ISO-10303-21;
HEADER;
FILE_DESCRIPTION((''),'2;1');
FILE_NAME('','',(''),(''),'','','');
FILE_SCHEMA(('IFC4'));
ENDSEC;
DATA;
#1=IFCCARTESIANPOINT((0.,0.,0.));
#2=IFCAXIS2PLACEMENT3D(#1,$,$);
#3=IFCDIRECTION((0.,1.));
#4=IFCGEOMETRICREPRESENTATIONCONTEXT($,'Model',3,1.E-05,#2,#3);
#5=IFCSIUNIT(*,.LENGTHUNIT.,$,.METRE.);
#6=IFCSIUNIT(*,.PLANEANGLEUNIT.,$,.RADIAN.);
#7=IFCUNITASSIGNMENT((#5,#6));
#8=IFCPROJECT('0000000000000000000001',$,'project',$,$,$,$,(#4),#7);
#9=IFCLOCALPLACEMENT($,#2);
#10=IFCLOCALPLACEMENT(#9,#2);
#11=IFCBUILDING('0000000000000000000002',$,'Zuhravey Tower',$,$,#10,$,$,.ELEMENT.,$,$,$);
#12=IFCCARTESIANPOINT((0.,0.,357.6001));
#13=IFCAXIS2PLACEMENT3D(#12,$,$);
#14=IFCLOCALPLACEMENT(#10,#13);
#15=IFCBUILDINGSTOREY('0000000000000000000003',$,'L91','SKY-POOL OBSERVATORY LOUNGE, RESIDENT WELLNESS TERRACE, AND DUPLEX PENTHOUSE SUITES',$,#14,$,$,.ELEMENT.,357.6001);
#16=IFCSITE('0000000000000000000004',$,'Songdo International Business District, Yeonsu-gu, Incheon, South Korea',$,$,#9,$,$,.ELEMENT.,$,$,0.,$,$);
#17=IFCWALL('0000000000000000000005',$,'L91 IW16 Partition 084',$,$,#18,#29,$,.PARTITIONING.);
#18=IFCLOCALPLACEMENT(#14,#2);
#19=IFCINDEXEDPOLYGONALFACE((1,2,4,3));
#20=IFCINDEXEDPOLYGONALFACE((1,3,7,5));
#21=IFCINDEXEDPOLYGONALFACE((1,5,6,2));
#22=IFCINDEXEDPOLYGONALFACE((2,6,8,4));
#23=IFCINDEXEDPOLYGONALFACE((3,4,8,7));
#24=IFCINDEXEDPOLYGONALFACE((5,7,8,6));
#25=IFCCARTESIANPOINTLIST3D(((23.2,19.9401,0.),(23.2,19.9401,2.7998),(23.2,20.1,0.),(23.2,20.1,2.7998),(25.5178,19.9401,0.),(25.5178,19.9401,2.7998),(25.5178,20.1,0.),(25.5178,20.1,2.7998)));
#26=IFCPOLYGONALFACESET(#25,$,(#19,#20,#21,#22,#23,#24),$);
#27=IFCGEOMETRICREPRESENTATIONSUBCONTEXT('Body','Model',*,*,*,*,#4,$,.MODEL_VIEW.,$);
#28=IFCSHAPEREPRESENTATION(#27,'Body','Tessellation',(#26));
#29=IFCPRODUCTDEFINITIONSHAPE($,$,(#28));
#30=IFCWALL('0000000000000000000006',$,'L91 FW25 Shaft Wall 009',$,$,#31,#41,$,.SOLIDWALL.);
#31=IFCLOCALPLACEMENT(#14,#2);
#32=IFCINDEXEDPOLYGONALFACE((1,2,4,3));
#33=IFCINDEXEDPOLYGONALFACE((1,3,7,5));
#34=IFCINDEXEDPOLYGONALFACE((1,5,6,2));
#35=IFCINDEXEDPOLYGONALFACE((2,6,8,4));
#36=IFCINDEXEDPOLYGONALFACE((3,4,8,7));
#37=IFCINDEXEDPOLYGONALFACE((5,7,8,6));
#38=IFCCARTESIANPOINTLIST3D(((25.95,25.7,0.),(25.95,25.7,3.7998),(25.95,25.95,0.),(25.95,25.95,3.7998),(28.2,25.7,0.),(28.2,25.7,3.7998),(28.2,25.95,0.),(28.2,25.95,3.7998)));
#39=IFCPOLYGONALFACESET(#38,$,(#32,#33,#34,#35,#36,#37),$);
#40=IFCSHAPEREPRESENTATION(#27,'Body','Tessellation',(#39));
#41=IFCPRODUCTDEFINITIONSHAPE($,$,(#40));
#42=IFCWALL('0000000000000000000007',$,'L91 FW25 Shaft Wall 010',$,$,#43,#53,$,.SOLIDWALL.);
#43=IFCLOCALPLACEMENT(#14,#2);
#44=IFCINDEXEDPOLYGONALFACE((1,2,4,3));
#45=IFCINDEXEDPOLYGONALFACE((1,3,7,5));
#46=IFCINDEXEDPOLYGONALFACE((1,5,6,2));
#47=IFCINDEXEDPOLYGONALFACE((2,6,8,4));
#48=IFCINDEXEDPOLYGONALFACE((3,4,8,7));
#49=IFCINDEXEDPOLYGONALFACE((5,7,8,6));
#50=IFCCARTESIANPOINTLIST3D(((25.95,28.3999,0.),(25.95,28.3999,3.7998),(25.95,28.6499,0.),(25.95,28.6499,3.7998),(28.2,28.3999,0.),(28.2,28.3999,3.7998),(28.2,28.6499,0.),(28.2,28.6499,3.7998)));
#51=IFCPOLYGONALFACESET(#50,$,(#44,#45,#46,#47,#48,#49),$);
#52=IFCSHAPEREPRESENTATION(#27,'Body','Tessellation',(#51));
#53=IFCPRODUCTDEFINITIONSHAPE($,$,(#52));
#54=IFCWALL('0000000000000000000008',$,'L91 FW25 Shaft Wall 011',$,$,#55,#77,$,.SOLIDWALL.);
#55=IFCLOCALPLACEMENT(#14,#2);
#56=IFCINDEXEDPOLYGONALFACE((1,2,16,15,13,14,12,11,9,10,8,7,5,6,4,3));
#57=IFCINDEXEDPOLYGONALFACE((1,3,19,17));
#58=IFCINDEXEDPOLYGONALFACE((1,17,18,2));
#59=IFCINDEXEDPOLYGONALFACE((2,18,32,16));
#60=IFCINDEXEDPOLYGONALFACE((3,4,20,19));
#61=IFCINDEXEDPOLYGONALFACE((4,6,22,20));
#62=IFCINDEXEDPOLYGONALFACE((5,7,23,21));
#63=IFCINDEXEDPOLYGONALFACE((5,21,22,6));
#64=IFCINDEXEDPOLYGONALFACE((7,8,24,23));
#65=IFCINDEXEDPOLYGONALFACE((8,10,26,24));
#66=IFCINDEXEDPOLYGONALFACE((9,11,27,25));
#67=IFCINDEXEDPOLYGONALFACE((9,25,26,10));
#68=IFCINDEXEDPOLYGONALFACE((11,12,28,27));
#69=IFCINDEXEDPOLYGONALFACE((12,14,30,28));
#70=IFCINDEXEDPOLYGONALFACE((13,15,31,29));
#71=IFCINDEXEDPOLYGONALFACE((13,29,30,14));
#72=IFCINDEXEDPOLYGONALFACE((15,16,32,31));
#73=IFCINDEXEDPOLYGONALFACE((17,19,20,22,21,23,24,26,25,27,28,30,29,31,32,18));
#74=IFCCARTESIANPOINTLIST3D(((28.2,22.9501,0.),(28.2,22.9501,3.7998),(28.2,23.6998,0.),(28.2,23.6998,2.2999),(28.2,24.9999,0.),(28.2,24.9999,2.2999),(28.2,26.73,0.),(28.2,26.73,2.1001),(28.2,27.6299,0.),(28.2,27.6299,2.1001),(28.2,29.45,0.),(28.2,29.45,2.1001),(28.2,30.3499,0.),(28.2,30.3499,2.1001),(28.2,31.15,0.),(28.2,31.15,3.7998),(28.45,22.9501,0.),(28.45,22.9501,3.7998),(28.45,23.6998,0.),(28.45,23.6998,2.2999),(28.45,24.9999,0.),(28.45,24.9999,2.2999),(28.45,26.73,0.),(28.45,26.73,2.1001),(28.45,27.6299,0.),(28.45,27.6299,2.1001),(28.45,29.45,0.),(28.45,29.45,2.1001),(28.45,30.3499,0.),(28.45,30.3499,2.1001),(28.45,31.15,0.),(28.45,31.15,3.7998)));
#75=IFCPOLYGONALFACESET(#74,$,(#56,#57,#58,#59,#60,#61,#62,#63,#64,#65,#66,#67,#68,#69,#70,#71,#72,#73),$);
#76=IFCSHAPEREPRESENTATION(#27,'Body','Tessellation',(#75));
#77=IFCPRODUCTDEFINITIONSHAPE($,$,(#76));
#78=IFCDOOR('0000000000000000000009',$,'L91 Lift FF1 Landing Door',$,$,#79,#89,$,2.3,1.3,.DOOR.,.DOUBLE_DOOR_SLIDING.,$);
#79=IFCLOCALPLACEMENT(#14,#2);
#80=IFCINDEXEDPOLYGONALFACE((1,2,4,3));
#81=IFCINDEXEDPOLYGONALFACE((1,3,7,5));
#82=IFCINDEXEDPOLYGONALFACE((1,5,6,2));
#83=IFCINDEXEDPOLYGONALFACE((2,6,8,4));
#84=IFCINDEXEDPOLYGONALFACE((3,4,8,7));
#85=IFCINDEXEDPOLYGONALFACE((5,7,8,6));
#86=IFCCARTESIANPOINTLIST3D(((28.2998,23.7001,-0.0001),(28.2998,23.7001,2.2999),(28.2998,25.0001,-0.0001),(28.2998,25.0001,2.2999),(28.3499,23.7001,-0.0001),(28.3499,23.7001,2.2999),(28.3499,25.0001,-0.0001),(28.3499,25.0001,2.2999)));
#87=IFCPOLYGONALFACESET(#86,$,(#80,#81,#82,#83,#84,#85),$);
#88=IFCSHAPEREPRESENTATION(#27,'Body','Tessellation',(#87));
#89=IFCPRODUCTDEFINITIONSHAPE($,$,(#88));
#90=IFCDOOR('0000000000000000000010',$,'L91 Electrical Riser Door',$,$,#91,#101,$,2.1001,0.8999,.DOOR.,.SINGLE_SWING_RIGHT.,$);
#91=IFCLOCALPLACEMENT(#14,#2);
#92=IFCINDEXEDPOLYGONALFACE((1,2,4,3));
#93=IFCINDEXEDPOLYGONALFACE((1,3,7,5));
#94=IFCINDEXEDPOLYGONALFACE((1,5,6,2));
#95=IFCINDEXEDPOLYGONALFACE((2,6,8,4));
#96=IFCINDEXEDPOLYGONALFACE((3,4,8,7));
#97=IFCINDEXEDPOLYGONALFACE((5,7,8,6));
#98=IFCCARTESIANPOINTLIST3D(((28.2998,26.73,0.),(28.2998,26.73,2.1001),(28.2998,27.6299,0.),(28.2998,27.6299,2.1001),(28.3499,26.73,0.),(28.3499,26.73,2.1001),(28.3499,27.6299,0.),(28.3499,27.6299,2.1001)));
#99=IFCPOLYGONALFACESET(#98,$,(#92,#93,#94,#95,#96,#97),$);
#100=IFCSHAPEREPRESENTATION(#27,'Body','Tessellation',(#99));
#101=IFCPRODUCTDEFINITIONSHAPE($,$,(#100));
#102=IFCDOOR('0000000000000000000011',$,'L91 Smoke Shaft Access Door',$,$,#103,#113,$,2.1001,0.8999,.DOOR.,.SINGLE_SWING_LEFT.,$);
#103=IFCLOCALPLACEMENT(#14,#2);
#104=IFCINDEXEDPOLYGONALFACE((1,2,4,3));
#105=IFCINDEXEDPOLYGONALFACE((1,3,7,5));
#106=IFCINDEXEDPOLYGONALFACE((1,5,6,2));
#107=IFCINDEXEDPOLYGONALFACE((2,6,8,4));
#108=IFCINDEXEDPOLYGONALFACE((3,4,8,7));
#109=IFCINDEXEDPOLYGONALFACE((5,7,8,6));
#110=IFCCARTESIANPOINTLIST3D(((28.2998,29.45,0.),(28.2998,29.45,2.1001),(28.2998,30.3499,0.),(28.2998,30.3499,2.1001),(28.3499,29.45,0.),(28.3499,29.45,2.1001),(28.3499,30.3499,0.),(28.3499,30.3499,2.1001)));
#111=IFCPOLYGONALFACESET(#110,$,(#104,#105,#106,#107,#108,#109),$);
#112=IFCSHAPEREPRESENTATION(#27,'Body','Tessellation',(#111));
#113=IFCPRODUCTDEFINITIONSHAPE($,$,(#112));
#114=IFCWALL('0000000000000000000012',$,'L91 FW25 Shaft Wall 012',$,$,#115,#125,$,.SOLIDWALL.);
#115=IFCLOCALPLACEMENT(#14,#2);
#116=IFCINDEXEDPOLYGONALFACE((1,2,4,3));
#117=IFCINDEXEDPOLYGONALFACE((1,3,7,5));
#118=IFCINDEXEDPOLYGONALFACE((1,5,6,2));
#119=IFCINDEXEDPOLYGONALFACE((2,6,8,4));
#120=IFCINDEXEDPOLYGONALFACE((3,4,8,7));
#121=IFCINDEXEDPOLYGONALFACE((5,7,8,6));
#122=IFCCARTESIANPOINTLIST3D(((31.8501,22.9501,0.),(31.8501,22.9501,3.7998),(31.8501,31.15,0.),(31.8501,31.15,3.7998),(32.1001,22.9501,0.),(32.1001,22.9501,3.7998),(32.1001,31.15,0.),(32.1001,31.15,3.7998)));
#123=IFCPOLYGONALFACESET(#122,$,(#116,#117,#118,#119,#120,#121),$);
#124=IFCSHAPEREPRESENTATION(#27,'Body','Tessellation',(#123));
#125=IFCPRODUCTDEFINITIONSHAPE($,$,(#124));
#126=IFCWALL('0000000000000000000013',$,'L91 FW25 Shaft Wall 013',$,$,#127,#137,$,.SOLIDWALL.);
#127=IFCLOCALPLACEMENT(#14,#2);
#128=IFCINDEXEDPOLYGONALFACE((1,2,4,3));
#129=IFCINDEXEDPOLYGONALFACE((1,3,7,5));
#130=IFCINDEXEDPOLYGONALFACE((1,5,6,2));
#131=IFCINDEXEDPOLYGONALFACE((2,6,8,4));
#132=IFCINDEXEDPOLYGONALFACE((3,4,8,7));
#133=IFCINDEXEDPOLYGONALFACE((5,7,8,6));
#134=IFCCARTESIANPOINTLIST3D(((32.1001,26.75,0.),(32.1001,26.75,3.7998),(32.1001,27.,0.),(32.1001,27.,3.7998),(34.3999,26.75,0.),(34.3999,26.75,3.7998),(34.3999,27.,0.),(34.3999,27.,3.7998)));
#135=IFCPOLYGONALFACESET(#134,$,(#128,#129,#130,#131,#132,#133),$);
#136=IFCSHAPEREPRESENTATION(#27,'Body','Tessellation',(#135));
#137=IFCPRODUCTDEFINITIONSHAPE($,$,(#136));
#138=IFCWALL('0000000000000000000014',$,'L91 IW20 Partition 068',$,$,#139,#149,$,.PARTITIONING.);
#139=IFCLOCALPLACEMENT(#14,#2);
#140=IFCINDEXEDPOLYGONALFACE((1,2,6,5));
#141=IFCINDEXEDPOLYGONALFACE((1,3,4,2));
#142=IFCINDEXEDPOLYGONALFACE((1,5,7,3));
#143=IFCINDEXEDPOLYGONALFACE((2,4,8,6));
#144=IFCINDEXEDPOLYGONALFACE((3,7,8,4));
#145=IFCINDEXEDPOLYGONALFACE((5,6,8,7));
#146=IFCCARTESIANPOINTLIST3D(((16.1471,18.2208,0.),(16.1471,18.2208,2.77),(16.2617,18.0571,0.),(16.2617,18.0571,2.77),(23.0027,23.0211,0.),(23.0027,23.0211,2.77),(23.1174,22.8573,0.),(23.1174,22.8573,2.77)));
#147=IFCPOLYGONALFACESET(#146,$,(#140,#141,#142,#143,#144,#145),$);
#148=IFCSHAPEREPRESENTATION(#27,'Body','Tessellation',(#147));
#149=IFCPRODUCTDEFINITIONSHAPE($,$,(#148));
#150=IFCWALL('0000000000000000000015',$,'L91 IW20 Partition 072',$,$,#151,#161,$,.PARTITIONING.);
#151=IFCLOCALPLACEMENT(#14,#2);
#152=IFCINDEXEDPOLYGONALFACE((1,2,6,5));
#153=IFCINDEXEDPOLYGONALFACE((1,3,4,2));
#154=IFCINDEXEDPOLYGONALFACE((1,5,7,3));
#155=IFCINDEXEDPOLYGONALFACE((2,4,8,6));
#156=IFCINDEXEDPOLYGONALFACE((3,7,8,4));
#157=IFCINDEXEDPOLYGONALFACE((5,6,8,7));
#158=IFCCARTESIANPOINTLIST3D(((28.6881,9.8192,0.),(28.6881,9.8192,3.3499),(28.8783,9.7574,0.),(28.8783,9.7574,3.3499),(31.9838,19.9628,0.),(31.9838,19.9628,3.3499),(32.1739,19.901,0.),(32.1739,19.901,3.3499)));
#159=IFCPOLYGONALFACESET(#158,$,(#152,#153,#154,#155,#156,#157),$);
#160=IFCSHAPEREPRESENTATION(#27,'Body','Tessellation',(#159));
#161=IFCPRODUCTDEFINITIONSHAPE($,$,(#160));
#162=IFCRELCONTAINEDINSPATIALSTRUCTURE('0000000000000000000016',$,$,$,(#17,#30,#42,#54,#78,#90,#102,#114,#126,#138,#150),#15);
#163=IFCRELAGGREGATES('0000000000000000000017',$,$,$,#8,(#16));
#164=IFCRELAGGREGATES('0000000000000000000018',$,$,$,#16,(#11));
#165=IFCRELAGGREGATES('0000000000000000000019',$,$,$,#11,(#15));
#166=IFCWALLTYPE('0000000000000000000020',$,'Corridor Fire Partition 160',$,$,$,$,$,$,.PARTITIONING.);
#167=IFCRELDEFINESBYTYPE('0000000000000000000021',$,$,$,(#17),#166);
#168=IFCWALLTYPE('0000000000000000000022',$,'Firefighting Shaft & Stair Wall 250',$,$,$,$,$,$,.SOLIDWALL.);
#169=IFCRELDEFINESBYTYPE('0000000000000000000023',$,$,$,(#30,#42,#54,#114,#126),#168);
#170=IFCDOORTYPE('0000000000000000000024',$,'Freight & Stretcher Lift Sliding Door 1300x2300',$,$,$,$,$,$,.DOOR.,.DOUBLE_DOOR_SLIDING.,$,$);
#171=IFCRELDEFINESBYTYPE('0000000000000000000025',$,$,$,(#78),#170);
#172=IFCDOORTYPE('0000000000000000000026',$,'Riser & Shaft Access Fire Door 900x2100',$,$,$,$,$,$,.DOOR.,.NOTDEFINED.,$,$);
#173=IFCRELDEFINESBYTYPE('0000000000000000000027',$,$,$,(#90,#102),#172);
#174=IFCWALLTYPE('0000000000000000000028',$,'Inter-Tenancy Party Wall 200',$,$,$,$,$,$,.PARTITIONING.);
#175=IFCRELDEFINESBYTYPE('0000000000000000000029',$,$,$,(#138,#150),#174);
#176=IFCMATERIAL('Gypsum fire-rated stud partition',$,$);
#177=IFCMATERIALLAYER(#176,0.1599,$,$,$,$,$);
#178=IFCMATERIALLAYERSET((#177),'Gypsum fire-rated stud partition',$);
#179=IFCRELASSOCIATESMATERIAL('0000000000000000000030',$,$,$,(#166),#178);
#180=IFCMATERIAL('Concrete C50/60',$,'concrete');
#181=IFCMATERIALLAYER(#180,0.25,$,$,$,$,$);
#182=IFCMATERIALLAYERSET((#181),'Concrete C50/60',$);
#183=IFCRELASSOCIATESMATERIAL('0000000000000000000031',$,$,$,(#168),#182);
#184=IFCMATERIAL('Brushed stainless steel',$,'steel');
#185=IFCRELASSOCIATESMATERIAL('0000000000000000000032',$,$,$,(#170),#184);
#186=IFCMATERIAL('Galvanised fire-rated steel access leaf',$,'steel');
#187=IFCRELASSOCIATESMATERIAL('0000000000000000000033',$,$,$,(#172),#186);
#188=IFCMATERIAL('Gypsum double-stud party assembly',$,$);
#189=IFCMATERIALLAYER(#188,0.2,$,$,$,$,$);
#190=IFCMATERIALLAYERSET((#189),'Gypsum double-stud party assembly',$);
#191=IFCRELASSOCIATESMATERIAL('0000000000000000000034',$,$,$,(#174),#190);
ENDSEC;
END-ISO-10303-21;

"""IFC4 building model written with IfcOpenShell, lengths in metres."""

from ifc_helpers import new_model, si_unit, direction, frame, frame_2d, origin, place, context, subcontext, project, spatial, rectangle, extrude, material, layer, layer_set, type_object, element, fill, save


model = new_model("IFC4")

# Units and contexts
model_context = context("Model", 3, precision=1e-05, world=origin(), true_north=direction((0.0, 1.0)))
body_context = subcontext(model_context, "Body", "Model", "MODEL_VIEW")
ifc_project = project(units=[si_unit("LENGTHUNIT", "METRE"), si_unit("PLANEANGLEUNIT", "RADIAN")], contexts=[model_context])

# Site, building, storey
site_placement = place(None, origin())
site = spatial("IfcSite", under=ifc_project, at=site_placement, Name="Songdo International Business District, Yeonsu-gu, Incheon, South Korea", CompositionType="ELEMENT", RefElevation=0.0)
building_placement = place(site_placement, origin())
building = spatial("IfcBuilding", under=site, at=building_placement, Name="Zuhravey Tower", CompositionType="ELEMENT")
storey_placement = place(building_placement, frame((0.0, 0.0, 357.6001)))
storey = spatial("IfcBuildingStorey", under=building, at=storey_placement, Name="L91", Description="SKY-POOL OBSERVATORY LOUNGE, RESIDENT WELLNESS TERRACE, AND DUPLEX PENTHOUSE SUITES", CompositionType="ELEMENT", Elevation=357.6001)

# Shared definitions
ifc_material_1 = material(Name="Concrete C50/60", Category="concrete")
ifc_material_2 = material(Name="Gypsum fire-rated stud partition")
ifc_layer_1 = layer(ifc_material_2, 0.1599)
ifc_layer_set_1 = layer_set([ifc_layer_1], Name="Gypsum fire-rated stud partition")
wall_type_1 = type_object("IfcWallType", Name="Corridor Fire Partition 160", PredefinedType="PARTITIONING", material=ifc_layer_set_1)

# Walls
wall_1_placement = place(storey_placement, frame((23.2, 20.02, 0.0), z_axis=(0.0, 0.0, 1.0), x_axis=(1.0, 0.0, 0.0)))
element("IfcWall", 1, at=wall_1_placement, inside=storey, type_object=wall_type_1, Name="L91 IW16 Partition 084", PredefinedType="PARTITIONING", context=body_context, shape_type="SweptSolid", body=[
    extrude(rectangle(XDim=2.3179, YDim=0.1599, at=frame_2d((1.1589, 0.0))), origin(), (0.0, 0.0, 1.0), 2.7998),
])
ifc_layer_2 = layer(ifc_material_1, 0.25)
ifc_layer_set_2 = layer_set([ifc_layer_2], Name="Concrete C50/60")
wall_type_2 = type_object("IfcWallType", Name="Firefighting Shaft & Stair Wall 250", PredefinedType="SOLIDWALL", material=ifc_layer_set_2)
for number, where, z_axis, x_axis, name in (
    (2, (25.95, 25.825, 0.0), (0.0, 0.0, 1.0), (1.0, 0.0, 0.0), "L91 FW25 Shaft Wall 009"),
    (3, (25.95, 28.5249, 0.0), (0.0, 0.0, 1.0), (1.0, 0.0, 0.0), "L91 FW25 Shaft Wall 010"),
):
    element("IfcWall", number, at=place(storey_placement, frame(where, z_axis=z_axis, x_axis=x_axis)), inside=storey, type_object=wall_type_2, Name=name, PredefinedType="SOLIDWALL", context=body_context, shape_type="SweptSolid", body=[
        extrude(rectangle(XDim=2.25, YDim=0.25, at=frame_2d((1.125, 0.0))), origin(), (0.0, 0.0, 1.0), 3.7998),
    ])

# Wall, openings, doors
wall_2_placement = place(storey_placement, frame((28.325, 22.95, 0.0), z_axis=(0.0, 0.0, 1.0), x_axis=(0.0, 1.0, 0.0)))
wall_2 = element("IfcWall", 4, at=wall_2_placement, inside=storey, type_object=wall_type_2, Name="L91 FW25 Shaft Wall 011", PredefinedType="SOLIDWALL", context=body_context, shape_type="SweptSolid", body=[
    extrude(rectangle(XDim=8.2, YDim=0.25, at=frame_2d((4.1001, 0.0))), origin(), (0.0, 0.0, 1.0), 3.7998),
])
opening_1_placement = place(wall_2_placement, frame((0.75, 0.0, 0.0)))
opening_1 = element("IfcOpeningElement", 5, at=opening_1_placement, cuts=wall_2, PredefinedType="OPENING", context=body_context, shape_type="SweptSolid", body=[
    extrude(rectangle(XDim=1.3, YDim=2.3, at=frame_2d((0.6499, 1.1499))), frame((0.0, 0.137, 0.0), z_axis=(0.0, -1.0, 0.0), x_axis=(1.0, 0.0, 0.0)), (0.0, 0.0, 1.0), 0.2739),
])
opening_2_placement = place(wall_2_placement, frame((3.78, 0.0, 0.0)))
opening_2 = element("IfcOpeningElement", 6, at=opening_2_placement, cuts=wall_2, PredefinedType="OPENING", context=body_context, shape_type="SweptSolid", body=[
    extrude(rectangle(XDim=0.8999, YDim=2.1001, at=frame_2d((0.45, 1.05))), frame((0.0, 0.137, 0.0), z_axis=(0.0, -1.0, 0.0), x_axis=(1.0, 0.0, 0.0)), (0.0, 0.0, 1.0), 0.2739),
])
opening_3_placement = place(wall_2_placement, frame((6.5, 0.0, 0.0)))
opening_3 = element("IfcOpeningElement", 7, at=opening_3_placement, cuts=wall_2, PredefinedType="OPENING", context=body_context, shape_type="SweptSolid", body=[
    extrude(rectangle(XDim=0.8999, YDim=2.1001, at=frame_2d((0.45, 1.05))), frame((0.0, 0.137, 0.0), z_axis=(0.0, -1.0, 0.0), x_axis=(1.0, 0.0, 0.0)), (0.0, 0.0, 1.0), 0.2739),
])
ifc_material_3 = material(Name="Brushed stainless steel", Category="steel")
door_type_1 = type_object("IfcDoorType", Name="Freight & Stretcher Lift Sliding Door 1300x2300", OperationType="DOUBLE_DOOR_SLIDING", PredefinedType="DOOR", material=ifc_material_3)
door_1_placement = place(opening_1_placement, frame((1.3, 0.0, 0.0), z_axis=(0.0, 0.0, 1.0), x_axis=(-1.0, 0.0, 0.0)))
door_1 = element("IfcDoor", 8, at=door_1_placement, inside=storey, type_object=door_type_1, Name="L91 Lift FF1 Landing Door", OperationType="DOUBLE_DOOR_SLIDING", OverallHeight=2.3, OverallWidth=1.3, PredefinedType="DOOR", context=body_context, shape_type="SweptSolid", body=[
    extrude(rectangle(XDim=1.3, YDim=2.3, at=frame_2d((0.6499, 1.1499))), frame((0.0, 0.0249, 0.0), z_axis=(0.0, -1.0, 0.0), x_axis=(1.0, 0.0, 0.0)), (0.0, 0.0, 1.0), 0.05),
])
fill(opening_1, door_1)
ifc_material_4 = material(Name="Galvanised fire-rated steel access leaf", Category="steel")
door_type_2 = type_object("IfcDoorType", Name="Riser & Shaft Access Fire Door 900x2100", OperationType="NOTDEFINED", PredefinedType="DOOR", material=ifc_material_4)
door_2_placement = place(opening_2_placement, frame((0.8999, 0.0, 0.0), z_axis=(0.0, 0.0, 1.0), x_axis=(-1.0, 0.0, 0.0)))
door_2 = element("IfcDoor", 9, at=door_2_placement, inside=storey, type_object=door_type_2, Name="L91 Electrical Riser Door", OperationType="SINGLE_SWING_RIGHT", OverallHeight=2.1001, OverallWidth=0.8999, PredefinedType="DOOR", context=body_context, shape_type="SweptSolid", body=[
    extrude(rectangle(XDim=0.8999, YDim=2.1001, at=frame_2d((0.45, 1.05))), frame((0.0, 0.0249, 0.0), z_axis=(0.0, -1.0, 0.0), x_axis=(1.0, 0.0, 0.0)), (0.0, 0.0, 1.0), 0.05),
])
fill(opening_2, door_2)
door_3_placement = place(opening_3_placement, frame((0.8999, 0.0, 0.0), z_axis=(0.0, 0.0, 1.0), x_axis=(-1.0, 0.0, 0.0)))
door_3 = element("IfcDoor", 10, at=door_3_placement, inside=storey, type_object=door_type_2, Name="L91 Smoke Shaft Access Door", OperationType="SINGLE_SWING_LEFT", OverallHeight=2.1001, OverallWidth=0.8999, PredefinedType="DOOR", context=body_context, shape_type="SweptSolid", body=[
    extrude(rectangle(XDim=0.8999, YDim=2.1001, at=frame_2d((0.45, 1.05))), frame((0.0, 0.0249, 0.0), z_axis=(0.0, -1.0, 0.0), x_axis=(1.0, 0.0, 0.0)), (0.0, 0.0, 1.0), 0.05),
])
fill(opening_3, door_3)

# Walls
wall_3_placement = place(storey_placement, frame((31.9751, 22.95, 0.0), z_axis=(0.0, 0.0, 1.0), x_axis=(0.0, 1.0, 0.0)))
element("IfcWall", 11, at=wall_3_placement, inside=storey, type_object=wall_type_2, Name="L91 FW25 Shaft Wall 012", PredefinedType="SOLIDWALL", context=body_context, shape_type="SweptSolid", body=[
    extrude(rectangle(XDim=8.2, YDim=0.25, at=frame_2d((4.1001, 0.0))), origin(), (0.0, 0.0, 1.0), 3.7998),
])
wall_4_placement = place(storey_placement, frame((32.1001, 26.875, 0.0), z_axis=(0.0, 0.0, 1.0), x_axis=(1.0, 0.0, 0.0)))
element("IfcWall", 12, at=wall_4_placement, inside=storey, type_object=wall_type_2, Name="L91 FW25 Shaft Wall 013", PredefinedType="SOLIDWALL", context=body_context, shape_type="SweptSolid", body=[
    extrude(rectangle(XDim=2.2998, YDim=0.25, at=frame_2d((1.1499, 0.0))), origin(), (0.0, 0.0, 1.0), 3.7998),
])
ifc_material_5 = material(Name="Gypsum double-stud party assembly")
ifc_layer_3 = layer(ifc_material_5, 0.2)
ifc_layer_set_3 = layer_set([ifc_layer_3], Name="Gypsum double-stud party assembly")
wall_type_3 = type_object("IfcWallType", Name="Inter-Tenancy Party Wall 200", PredefinedType="PARTITIONING", material=ifc_layer_set_3)
wall_5_placement = place(storey_placement, frame((23.0601, 22.9392, 0.0), z_axis=(0.0, 0.0, 1.0), x_axis=(-0.819159, -0.573566, 0.0)))
element("IfcWall", 13, at=wall_5_placement, inside=storey, type_object=wall_type_3, Name="L91 IW20 Partition 068", PredefinedType="PARTITIONING", context=body_context, shape_type="SweptSolid", body=[
    extrude(rectangle(XDim=8.3691, YDim=0.2, at=frame_2d((4.1846, 0.0))), origin(), (0.0, 0.0, 1.0), 2.77),
])
wall_6_placement = place(storey_placement, frame((32.0789, 19.9319, 0.0), z_axis=(0.0, 0.0, 1.0), x_axis=(-0.309001, -0.951062, 0.0)))
element("IfcWall", 14, at=wall_6_placement, inside=storey, type_object=wall_type_3, Name="L91 IW20 Partition 072", PredefinedType="PARTITIONING", context=body_context, shape_type="SweptSolid", body=[
    extrude(rectangle(XDim=10.6655, YDim=0.2, at=frame_2d((5.3328, 0.0))), origin(), (0.0, 0.0, 1.0), 3.3499),
])

save(model, "model.ifc")
